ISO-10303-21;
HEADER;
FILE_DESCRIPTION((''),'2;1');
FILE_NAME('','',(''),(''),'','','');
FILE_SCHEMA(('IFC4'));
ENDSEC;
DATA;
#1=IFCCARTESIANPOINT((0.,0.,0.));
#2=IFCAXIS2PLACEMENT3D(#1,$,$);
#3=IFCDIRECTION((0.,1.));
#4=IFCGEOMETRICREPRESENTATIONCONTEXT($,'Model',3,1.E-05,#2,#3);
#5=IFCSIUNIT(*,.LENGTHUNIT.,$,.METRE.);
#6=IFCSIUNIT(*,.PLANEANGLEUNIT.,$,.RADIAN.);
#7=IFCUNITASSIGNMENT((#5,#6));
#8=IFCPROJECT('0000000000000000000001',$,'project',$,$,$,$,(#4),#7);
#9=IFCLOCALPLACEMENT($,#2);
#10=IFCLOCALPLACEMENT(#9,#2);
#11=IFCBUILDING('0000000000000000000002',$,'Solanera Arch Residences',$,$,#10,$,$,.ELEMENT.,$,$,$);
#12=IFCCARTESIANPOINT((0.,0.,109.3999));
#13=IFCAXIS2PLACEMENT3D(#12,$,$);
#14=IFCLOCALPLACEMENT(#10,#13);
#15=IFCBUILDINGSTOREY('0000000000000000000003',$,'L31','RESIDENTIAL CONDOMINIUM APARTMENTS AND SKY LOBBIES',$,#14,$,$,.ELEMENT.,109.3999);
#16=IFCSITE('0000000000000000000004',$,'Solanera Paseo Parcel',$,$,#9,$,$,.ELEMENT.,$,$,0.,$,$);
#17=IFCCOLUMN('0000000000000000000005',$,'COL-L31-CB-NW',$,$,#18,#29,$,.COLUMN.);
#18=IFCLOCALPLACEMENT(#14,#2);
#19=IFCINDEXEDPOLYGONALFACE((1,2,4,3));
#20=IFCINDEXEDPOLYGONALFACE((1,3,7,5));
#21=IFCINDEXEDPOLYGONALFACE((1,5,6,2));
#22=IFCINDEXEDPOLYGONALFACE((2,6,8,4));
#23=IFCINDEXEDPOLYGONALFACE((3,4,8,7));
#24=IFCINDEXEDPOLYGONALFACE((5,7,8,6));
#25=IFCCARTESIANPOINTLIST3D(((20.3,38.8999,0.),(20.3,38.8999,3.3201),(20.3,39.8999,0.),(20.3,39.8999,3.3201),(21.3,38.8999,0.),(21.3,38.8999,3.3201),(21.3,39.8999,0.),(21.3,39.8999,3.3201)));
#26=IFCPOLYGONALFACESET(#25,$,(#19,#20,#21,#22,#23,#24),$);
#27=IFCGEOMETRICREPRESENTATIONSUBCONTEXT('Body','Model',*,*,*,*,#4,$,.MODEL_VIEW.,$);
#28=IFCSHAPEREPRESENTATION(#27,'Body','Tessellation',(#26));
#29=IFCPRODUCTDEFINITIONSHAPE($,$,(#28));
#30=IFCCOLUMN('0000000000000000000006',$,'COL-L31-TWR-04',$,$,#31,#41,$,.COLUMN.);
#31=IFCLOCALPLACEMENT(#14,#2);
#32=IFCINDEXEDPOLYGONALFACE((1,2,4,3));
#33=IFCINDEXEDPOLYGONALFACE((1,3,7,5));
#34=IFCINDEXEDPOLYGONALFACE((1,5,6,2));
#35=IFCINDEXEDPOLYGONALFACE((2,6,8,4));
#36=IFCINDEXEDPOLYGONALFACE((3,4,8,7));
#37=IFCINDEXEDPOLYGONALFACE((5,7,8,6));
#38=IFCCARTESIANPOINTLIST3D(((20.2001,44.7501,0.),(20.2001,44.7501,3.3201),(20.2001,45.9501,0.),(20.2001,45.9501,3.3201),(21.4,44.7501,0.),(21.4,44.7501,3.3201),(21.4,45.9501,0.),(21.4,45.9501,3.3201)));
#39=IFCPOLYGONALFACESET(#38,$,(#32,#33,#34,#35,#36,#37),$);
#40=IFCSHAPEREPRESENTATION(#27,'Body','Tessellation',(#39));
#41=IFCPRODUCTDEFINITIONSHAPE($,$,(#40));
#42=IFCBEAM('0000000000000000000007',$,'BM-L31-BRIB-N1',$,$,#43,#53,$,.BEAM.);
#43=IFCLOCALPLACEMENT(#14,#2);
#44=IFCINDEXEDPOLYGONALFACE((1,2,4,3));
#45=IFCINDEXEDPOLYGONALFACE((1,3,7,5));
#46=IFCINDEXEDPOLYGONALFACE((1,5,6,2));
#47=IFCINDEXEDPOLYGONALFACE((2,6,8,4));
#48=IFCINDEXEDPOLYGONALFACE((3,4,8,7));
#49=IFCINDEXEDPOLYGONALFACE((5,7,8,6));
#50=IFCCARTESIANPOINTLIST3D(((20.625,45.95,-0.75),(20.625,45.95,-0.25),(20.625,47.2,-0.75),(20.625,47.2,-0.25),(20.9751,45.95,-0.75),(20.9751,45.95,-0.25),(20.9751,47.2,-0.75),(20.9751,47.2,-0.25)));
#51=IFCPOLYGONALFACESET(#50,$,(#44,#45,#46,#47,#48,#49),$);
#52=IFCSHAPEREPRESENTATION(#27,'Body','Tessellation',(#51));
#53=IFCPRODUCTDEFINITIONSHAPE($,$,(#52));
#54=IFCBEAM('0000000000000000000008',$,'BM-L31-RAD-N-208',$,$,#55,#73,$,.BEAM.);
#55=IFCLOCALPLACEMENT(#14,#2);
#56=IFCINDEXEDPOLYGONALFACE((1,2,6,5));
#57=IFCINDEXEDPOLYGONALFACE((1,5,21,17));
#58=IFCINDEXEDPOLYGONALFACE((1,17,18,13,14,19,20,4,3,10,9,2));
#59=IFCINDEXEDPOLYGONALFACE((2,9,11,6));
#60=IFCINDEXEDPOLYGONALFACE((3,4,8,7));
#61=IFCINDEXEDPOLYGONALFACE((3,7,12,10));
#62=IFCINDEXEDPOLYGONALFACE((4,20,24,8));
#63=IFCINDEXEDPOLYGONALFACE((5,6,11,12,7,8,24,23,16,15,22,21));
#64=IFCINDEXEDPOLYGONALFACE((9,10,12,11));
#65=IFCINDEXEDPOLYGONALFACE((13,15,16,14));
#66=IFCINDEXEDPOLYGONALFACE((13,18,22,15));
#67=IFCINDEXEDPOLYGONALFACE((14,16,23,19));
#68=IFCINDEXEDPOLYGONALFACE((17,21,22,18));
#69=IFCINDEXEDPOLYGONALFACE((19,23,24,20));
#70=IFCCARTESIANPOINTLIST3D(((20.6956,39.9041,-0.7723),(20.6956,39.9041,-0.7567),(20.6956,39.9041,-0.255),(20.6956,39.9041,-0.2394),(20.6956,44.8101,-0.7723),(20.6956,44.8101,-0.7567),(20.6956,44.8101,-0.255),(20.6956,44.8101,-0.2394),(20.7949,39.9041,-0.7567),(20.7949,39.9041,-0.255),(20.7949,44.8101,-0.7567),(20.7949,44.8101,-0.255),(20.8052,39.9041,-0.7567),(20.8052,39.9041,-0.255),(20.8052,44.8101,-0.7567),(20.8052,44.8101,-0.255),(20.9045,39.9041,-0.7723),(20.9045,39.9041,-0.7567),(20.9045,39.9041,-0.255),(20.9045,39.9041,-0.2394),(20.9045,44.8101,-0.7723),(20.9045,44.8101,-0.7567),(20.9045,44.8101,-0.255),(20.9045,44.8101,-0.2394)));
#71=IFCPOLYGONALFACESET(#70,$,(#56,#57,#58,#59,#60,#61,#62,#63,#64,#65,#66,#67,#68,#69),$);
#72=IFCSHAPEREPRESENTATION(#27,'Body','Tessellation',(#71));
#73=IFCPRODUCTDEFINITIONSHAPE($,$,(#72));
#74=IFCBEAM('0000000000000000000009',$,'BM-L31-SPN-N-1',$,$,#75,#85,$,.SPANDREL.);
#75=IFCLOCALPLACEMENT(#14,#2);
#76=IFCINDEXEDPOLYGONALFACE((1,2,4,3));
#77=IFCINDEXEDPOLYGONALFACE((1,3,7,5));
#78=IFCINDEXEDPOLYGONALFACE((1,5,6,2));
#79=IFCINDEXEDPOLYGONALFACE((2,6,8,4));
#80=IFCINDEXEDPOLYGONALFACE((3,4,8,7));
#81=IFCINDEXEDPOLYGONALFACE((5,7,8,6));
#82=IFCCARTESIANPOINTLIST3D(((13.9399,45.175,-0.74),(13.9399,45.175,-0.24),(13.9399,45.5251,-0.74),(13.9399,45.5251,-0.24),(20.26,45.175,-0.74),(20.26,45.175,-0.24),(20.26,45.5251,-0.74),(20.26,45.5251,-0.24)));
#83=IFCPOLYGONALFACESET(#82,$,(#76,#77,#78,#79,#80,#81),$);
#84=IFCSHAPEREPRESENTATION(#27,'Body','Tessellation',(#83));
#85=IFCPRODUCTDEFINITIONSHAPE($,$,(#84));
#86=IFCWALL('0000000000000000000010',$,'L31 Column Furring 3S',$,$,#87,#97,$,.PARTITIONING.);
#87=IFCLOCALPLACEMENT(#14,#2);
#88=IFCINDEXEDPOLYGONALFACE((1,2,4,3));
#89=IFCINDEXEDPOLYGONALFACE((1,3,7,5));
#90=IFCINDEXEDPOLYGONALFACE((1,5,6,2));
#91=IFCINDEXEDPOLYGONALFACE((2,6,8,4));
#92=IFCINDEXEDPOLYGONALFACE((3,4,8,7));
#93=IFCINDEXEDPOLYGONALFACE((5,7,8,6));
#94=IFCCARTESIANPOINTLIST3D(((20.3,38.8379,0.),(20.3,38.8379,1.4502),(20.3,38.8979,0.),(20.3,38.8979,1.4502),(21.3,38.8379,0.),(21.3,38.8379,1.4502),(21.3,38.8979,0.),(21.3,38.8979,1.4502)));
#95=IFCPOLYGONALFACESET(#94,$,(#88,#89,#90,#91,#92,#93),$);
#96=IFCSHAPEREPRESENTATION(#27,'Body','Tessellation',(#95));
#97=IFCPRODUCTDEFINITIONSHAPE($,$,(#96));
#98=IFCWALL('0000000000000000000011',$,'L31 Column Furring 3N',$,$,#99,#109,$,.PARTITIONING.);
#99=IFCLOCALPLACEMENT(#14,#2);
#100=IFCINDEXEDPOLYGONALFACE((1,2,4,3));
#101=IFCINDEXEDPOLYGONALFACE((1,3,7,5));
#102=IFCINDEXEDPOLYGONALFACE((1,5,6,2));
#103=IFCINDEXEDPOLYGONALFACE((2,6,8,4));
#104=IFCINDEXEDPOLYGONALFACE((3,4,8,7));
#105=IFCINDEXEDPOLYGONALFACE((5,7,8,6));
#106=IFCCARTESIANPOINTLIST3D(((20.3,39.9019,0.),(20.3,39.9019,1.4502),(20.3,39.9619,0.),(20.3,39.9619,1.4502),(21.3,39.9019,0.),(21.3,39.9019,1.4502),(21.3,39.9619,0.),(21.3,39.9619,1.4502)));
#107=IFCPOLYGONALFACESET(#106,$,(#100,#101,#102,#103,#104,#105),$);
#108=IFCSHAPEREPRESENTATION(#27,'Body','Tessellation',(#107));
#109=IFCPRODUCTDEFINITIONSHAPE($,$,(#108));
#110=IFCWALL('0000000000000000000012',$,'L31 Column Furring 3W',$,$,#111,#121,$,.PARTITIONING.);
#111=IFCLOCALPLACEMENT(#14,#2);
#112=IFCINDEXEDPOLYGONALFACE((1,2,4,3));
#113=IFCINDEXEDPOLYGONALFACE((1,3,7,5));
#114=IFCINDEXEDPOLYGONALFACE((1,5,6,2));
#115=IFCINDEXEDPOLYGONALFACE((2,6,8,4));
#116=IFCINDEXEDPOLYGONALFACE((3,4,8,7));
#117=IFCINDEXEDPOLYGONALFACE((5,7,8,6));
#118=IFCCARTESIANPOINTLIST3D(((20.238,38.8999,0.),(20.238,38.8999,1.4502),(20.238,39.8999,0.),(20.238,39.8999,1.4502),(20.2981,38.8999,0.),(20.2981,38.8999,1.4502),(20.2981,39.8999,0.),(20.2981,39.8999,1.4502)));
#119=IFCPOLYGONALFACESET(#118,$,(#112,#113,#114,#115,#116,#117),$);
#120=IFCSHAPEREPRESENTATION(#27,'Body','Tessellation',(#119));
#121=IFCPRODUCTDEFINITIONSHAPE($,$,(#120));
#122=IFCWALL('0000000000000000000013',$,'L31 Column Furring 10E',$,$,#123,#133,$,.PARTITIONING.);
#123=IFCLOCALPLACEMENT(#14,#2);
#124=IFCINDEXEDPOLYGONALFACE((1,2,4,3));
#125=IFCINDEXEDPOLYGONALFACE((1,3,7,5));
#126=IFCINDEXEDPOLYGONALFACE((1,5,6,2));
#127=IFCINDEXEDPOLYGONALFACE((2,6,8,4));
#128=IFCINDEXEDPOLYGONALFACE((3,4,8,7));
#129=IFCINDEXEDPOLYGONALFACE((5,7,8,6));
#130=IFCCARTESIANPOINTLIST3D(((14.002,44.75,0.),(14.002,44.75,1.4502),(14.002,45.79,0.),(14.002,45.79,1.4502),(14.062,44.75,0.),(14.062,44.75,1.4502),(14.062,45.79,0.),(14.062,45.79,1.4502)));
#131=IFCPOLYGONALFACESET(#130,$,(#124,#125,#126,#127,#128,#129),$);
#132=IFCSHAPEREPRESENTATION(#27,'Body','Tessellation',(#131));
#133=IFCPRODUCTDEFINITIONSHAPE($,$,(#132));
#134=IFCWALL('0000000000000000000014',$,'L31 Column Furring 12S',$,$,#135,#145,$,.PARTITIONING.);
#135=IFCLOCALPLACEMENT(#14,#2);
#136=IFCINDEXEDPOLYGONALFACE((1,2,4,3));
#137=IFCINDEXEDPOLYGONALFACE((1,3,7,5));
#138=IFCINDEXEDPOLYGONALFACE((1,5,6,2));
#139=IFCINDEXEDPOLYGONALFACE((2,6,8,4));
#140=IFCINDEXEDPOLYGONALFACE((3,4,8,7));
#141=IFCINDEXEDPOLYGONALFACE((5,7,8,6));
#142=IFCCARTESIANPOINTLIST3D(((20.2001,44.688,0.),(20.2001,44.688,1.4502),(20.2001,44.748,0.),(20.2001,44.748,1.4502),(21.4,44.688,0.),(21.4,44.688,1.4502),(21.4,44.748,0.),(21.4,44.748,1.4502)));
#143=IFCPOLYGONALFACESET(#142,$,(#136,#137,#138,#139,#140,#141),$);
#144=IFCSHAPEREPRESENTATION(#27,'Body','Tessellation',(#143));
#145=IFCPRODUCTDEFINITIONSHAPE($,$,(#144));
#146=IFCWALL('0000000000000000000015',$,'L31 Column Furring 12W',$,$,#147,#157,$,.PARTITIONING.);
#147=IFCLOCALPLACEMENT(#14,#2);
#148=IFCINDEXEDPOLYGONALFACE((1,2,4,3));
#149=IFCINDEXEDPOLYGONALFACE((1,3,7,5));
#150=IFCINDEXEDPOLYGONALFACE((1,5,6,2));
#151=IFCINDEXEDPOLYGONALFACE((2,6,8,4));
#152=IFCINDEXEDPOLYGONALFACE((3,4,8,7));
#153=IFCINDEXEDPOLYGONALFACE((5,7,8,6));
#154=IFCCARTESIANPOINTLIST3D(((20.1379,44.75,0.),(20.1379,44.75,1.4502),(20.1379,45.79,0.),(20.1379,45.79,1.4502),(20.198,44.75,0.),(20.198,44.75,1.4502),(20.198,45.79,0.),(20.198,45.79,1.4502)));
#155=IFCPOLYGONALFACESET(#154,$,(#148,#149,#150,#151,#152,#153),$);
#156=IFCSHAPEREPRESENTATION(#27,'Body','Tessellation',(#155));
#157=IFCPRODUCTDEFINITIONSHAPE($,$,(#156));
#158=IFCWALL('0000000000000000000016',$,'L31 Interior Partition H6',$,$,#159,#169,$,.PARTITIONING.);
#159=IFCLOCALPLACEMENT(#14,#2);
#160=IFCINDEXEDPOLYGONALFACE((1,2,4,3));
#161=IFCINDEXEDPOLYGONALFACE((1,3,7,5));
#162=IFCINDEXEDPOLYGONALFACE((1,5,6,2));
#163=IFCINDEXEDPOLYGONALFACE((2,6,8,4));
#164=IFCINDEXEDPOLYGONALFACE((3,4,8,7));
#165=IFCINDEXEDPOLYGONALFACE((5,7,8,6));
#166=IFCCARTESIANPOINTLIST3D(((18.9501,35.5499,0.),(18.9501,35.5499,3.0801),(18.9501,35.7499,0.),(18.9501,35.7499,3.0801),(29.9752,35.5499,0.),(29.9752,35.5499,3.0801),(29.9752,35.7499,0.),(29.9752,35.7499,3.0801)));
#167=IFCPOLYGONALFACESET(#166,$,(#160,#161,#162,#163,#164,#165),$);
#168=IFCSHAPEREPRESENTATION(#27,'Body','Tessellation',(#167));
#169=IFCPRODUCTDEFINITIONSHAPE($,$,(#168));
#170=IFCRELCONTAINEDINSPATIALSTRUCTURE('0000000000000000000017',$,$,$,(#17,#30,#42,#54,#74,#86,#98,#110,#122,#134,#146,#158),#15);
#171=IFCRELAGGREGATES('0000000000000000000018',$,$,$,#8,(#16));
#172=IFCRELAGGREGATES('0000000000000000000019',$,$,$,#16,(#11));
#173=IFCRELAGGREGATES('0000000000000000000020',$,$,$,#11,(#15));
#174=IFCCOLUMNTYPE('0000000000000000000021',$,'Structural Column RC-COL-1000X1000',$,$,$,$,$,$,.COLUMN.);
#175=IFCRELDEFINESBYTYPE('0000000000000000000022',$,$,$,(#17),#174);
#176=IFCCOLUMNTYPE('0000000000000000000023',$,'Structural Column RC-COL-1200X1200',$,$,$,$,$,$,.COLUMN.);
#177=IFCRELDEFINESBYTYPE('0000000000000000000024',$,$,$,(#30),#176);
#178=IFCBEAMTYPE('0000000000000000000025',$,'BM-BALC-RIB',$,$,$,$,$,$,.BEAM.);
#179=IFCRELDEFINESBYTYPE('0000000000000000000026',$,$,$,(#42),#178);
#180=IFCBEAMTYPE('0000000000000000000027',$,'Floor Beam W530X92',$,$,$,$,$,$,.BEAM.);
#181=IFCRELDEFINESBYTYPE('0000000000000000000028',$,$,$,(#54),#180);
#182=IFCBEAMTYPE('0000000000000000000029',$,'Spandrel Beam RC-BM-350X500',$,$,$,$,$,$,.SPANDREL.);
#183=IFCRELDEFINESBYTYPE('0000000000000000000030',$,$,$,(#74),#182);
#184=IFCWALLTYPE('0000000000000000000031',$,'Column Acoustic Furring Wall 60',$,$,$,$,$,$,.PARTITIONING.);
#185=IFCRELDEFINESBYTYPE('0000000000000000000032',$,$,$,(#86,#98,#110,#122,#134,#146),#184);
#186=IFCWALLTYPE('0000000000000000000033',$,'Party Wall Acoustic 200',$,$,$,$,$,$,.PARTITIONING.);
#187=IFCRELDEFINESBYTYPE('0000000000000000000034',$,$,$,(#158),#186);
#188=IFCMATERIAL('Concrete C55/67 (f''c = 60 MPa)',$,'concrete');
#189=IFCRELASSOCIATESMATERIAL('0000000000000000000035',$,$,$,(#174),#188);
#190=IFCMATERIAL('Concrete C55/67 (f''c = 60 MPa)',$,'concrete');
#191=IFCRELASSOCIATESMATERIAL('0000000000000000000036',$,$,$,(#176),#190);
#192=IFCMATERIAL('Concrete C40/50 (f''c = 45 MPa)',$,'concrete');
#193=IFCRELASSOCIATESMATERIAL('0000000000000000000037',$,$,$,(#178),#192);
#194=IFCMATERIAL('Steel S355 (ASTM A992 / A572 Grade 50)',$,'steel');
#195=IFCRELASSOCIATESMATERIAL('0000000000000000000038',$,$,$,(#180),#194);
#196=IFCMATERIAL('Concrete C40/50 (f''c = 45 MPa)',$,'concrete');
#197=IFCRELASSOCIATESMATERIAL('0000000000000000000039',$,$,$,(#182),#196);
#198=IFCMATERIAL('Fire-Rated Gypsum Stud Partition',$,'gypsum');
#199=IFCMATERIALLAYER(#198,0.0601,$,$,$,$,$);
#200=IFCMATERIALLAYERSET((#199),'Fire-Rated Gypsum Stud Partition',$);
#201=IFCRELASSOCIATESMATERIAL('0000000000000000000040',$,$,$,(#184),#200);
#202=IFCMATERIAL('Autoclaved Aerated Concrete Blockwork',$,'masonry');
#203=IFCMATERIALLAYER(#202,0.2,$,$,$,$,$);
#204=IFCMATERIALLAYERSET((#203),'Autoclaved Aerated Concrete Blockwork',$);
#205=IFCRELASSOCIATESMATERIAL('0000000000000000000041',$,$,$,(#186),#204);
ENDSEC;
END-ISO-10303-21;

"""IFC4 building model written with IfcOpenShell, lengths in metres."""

from ifc_helpers import new_model, si_unit, direction, frame, frame_2d, origin, origin_2d, place, context, subcontext, project, spatial, rectangle, i_section, extrude, material, layer, layer_set, material_profile, profile_set, type_object, element, save


model = new_model("IFC4")

# Units and contexts
model_context = context("Model", 3, precision=1e-05, world=origin(), true_north=direction((0.0, 1.0)))
body_context = subcontext(model_context, "Body", "Model", "MODEL_VIEW")
ifc_project = project(units=[si_unit("LENGTHUNIT", "METRE"), si_unit("PLANEANGLEUNIT", "RADIAN")], contexts=[model_context])

# Site, building, storey
site_placement = place(None, origin())
site = spatial("IfcSite", under=ifc_project, at=site_placement, Name="Solanera Paseo Parcel", CompositionType="ELEMENT", RefElevation=0.0)
building_placement = place(site_placement, origin())
building = spatial("IfcBuilding", under=site, at=building_placement, Name="Solanera Arch Residences", CompositionType="ELEMENT")
storey_placement = place(building_placement, frame((0.0, 0.0, 109.3999)))
storey = spatial("IfcBuildingStorey", under=building, at=storey_placement, Name="L31", Description="RESIDENTIAL CONDOMINIUM APARTMENTS AND SKY LOBBIES", CompositionType="ELEMENT", Elevation=109.3999)

# Columns
ifc_material_1 = material(Name="Concrete C55/67 (f'c = 60 MPa)", Category="concrete")
ifc_material_profile_1 = material_profile(ifc_material_1, rectangle(XDim=1.0, YDim=1.0, at=origin_2d()))
ifc_profile_set_1 = profile_set([ifc_material_profile_1], Name="Concrete C55/67 (f'c = 60 MPa)")
column_type_1 = type_object("IfcColumnType", Name="Structural Column RC-COL-1000X1000", PredefinedType="COLUMN", material=ifc_profile_set_1)
column_1_placement = place(storey_placement, frame((20.8, 39.3999, 0.0), z_axis=(0.0, 0.0, 1.0), x_axis=(1.0, 0.0, 0.0)))
element("IfcColumn", 1, at=column_1_placement, inside=storey, type_object=column_type_1, Name="COL-L31-CB-NW", PredefinedType="COLUMN", context=body_context, shape_type="SweptSolid", body=[
    extrude(rectangle(XDim=1.0, YDim=1.0, at=origin_2d()), origin(), (0.0, 0.0, 1.0), 3.3201),
])
ifc_material_2 = material(Name="Concrete C55/67 (f'c = 60 MPa)", Category="concrete")
ifc_material_profile_2 = material_profile(ifc_material_2, rectangle(XDim=1.2, YDim=1.2, at=origin_2d()))
ifc_profile_set_2 = profile_set([ifc_material_profile_2], Name="Concrete C55/67 (f'c = 60 MPa)")
column_type_2 = type_object("IfcColumnType", Name="Structural Column RC-COL-1200X1200", PredefinedType="COLUMN", material=ifc_profile_set_2)
column_2_placement = place(storey_placement, frame((20.8, 45.3501, 0.0), z_axis=(0.0, 0.0, 1.0), x_axis=(1.0, 0.0, 0.0)))
element("IfcColumn", 2, at=column_2_placement, inside=storey, type_object=column_type_2, Name="COL-L31-TWR-04", PredefinedType="COLUMN", context=body_context, shape_type="SweptSolid", body=[
    extrude(rectangle(XDim=1.2, YDim=1.2, at=origin_2d()), origin(), (0.0, 0.0, 1.0), 3.3201),
])

# Beams
ifc_material_3 = material(Name="Concrete C40/50 (f'c = 45 MPa)", Category="concrete")
ifc_material_profile_3 = material_profile(ifc_material_3, rectangle(XDim=0.3501, YDim=0.5, at=origin_2d()))
ifc_profile_set_3 = profile_set([ifc_material_profile_3], Name="Concrete C40/50 (f'c = 45 MPa)")
beam_type_1 = type_object("IfcBeamType", Name="BM-BALC-RIB", PredefinedType="BEAM", material=ifc_profile_set_3)
beam_1_placement = place(storey_placement, frame((20.8, 45.95, -0.5), z_axis=(0.0, 1.0, 0.0), x_axis=(-1.0, 0.0, 0.0)))
element("IfcBeam", 3, at=beam_1_placement, inside=storey, type_object=beam_type_1, Name="BM-L31-BRIB-N1", PredefinedType="BEAM", context=body_context, shape_type="SweptSolid", body=[
    extrude(rectangle(XDim=0.3501, YDim=0.5, at=origin_2d()), origin(), (0.0, 0.0, 1.0), 1.25),
])
ifc_material_4 = material(Name="Steel S355 (ASTM A992 / A572 Grade 50)", Category="steel")
ifc_material_profile_4 = material_profile(ifc_material_4, i_section(OverallWidth=0.209, OverallDepth=0.533, WebThickness=0.0103, FlangeThickness=0.0156, at=origin_2d()))
ifc_profile_set_4 = profile_set([ifc_material_profile_4], Name="Steel S355 (ASTM A992 / A572 Grade 50)")
beam_type_2 = type_object("IfcBeamType", Name="Floor Beam W530X92", PredefinedType="BEAM", material=ifc_profile_set_4)
beam_2_placement = place(storey_placement, frame((20.8, 39.9041, -0.5059), z_axis=(0.0, 1.0, 0.0), x_axis=(-1.0, 0.0, 0.0)))
element("IfcBeam", 4, at=beam_2_placement, inside=storey, type_object=beam_type_2, Name="BM-L31-RAD-N-208", PredefinedType="BEAM", context=body_context, shape_type="SweptSolid", body=[
    extrude(i_section(OverallWidth=0.209, OverallDepth=0.533, WebThickness=0.0103, FlangeThickness=0.0156, at=origin_2d()), origin(), (0.0, 0.0, 1.0), 4.906),
])
ifc_material_5 = material(Name="Concrete C40/50 (f'c = 45 MPa)", Category="concrete")
ifc_material_profile_5 = material_profile(ifc_material_5, rectangle(XDim=0.3501, YDim=0.5, at=origin_2d()))
ifc_profile_set_5 = profile_set([ifc_material_profile_5], Name="Concrete C40/50 (f'c = 45 MPa)")
beam_type_3 = type_object("IfcBeamType", Name="Spandrel Beam RC-BM-350X500", PredefinedType="SPANDREL", material=ifc_profile_set_5)
beam_3_placement = place(storey_placement, frame((13.9399, 45.3501, -0.49), z_axis=(1.0, 0.0, 0.0), x_axis=(0.0, 1.0, 0.0)))
element("IfcBeam", 5, at=beam_3_placement, inside=storey, type_object=beam_type_3, Name="BM-L31-SPN-N-1", PredefinedType="SPANDREL", context=body_context, shape_type="SweptSolid", body=[
    extrude(rectangle(XDim=0.3501, YDim=0.5, at=origin_2d()), origin(), (0.0, 0.0, 1.0), 6.3201),
])

# Walls
ifc_material_6 = material(Name="Fire-Rated Gypsum Stud Partition", Category="gypsum")
ifc_layer_1 = layer(ifc_material_6, 0.0601)
ifc_layer_set_1 = layer_set([ifc_layer_1], Name="Fire-Rated Gypsum Stud Partition")
wall_type_1 = type_object("IfcWallType", Name="Column Acoustic Furring Wall 60", PredefinedType="PARTITIONING", material=ifc_layer_set_1)
for number, where, z_axis, x_axis, name in (
    (6, (20.3, 38.8679, 0.0), (0.0, 0.0, 1.0), (1.0, 0.0, 0.0), "L31 Column Furring 3S"),
    (7, (20.3, 39.9319, 0.0), (0.0, 0.0, 1.0), (1.0, 0.0, 0.0), "L31 Column Furring 3N"),
    (8, (20.2681, 38.8999, 0.0), (0.0, 0.0, 1.0), (0.0, 1.0, 0.0), "L31 Column Furring 3W"),
):
    element("IfcWall", number, at=place(storey_placement, frame(where, z_axis=z_axis, x_axis=x_axis)), inside=storey, type_object=wall_type_1, Name=name, PredefinedType="PARTITIONING", context=body_context, shape_type="SweptSolid", body=[
        extrude(rectangle(XDim=1.0, YDim=0.0601, at=frame_2d((0.5, 0.0))), origin(), (0.0, 0.0, 1.0), 1.4502),
    ])
wall_1_placement = place(storey_placement, frame((14.032, 44.75, 0.0), z_axis=(0.0, 0.0, 1.0), x_axis=(0.0, 1.0, 0.0)))
element("IfcWall", 9, at=wall_1_placement, inside=storey, type_object=wall_type_1, Name="L31 Column Furring 10E", PredefinedType="PARTITIONING", context=body_context, shape_type="SweptSolid", body=[
    extrude(rectangle(XDim=1.04, YDim=0.0601, at=frame_2d((0.52, 0.0))), origin(), (0.0, 0.0, 1.0), 1.4502),
])
wall_2_placement = place(storey_placement, frame((20.2, 44.718, 0.0), z_axis=(0.0, 0.0, 1.0), x_axis=(1.0, 0.0, 0.0)))
element("IfcWall", 10, at=wall_2_placement, inside=storey, type_object=wall_type_1, Name="L31 Column Furring 12S", PredefinedType="PARTITIONING", context=body_context, shape_type="SweptSolid", body=[
    extrude(rectangle(XDim=1.2, YDim=0.0601, at=frame_2d((0.6001, 0.0))), origin(), (0.0, 0.0, 1.0), 1.4502),
])
wall_3_placement = place(storey_placement, frame((20.168, 44.75, 0.0), z_axis=(0.0, 0.0, 1.0), x_axis=(0.0, 1.0, 0.0)))
element("IfcWall", 11, at=wall_3_placement, inside=storey, type_object=wall_type_1, Name="L31 Column Furring 12W", PredefinedType="PARTITIONING", context=body_context, shape_type="SweptSolid", body=[
    extrude(rectangle(XDim=1.04, YDim=0.0601, at=frame_2d((0.52, 0.0))), origin(), (0.0, 0.0, 1.0), 1.4502),
])
ifc_material_7 = material(Name="Autoclaved Aerated Concrete Blockwork", Category="masonry")
ifc_layer_2 = layer(ifc_material_7, 0.2)
ifc_layer_set_2 = layer_set([ifc_layer_2], Name="Autoclaved Aerated Concrete Blockwork")
wall_type_2 = type_object("IfcWallType", Name="Party Wall Acoustic 200", PredefinedType="PARTITIONING", material=ifc_layer_set_2)
wall_4_placement = place(storey_placement, frame((18.95, 35.6499, 0.0), z_axis=(0.0, 0.0, 1.0), x_axis=(1.0, 0.0, 0.0)))
element("IfcWall", 12, at=wall_4_placement, inside=storey, type_object=wall_type_2, Name="L31 Interior Partition H6", PredefinedType="PARTITIONING", context=body_context, shape_type="SweptSolid", body=[
    extrude(rectangle(XDim=11.0251, YDim=0.2, at=frame_2d((5.5127, 0.0))), origin(), (0.0, 0.0, 1.0), 3.0801),
])

save(model, "model.ifc")
